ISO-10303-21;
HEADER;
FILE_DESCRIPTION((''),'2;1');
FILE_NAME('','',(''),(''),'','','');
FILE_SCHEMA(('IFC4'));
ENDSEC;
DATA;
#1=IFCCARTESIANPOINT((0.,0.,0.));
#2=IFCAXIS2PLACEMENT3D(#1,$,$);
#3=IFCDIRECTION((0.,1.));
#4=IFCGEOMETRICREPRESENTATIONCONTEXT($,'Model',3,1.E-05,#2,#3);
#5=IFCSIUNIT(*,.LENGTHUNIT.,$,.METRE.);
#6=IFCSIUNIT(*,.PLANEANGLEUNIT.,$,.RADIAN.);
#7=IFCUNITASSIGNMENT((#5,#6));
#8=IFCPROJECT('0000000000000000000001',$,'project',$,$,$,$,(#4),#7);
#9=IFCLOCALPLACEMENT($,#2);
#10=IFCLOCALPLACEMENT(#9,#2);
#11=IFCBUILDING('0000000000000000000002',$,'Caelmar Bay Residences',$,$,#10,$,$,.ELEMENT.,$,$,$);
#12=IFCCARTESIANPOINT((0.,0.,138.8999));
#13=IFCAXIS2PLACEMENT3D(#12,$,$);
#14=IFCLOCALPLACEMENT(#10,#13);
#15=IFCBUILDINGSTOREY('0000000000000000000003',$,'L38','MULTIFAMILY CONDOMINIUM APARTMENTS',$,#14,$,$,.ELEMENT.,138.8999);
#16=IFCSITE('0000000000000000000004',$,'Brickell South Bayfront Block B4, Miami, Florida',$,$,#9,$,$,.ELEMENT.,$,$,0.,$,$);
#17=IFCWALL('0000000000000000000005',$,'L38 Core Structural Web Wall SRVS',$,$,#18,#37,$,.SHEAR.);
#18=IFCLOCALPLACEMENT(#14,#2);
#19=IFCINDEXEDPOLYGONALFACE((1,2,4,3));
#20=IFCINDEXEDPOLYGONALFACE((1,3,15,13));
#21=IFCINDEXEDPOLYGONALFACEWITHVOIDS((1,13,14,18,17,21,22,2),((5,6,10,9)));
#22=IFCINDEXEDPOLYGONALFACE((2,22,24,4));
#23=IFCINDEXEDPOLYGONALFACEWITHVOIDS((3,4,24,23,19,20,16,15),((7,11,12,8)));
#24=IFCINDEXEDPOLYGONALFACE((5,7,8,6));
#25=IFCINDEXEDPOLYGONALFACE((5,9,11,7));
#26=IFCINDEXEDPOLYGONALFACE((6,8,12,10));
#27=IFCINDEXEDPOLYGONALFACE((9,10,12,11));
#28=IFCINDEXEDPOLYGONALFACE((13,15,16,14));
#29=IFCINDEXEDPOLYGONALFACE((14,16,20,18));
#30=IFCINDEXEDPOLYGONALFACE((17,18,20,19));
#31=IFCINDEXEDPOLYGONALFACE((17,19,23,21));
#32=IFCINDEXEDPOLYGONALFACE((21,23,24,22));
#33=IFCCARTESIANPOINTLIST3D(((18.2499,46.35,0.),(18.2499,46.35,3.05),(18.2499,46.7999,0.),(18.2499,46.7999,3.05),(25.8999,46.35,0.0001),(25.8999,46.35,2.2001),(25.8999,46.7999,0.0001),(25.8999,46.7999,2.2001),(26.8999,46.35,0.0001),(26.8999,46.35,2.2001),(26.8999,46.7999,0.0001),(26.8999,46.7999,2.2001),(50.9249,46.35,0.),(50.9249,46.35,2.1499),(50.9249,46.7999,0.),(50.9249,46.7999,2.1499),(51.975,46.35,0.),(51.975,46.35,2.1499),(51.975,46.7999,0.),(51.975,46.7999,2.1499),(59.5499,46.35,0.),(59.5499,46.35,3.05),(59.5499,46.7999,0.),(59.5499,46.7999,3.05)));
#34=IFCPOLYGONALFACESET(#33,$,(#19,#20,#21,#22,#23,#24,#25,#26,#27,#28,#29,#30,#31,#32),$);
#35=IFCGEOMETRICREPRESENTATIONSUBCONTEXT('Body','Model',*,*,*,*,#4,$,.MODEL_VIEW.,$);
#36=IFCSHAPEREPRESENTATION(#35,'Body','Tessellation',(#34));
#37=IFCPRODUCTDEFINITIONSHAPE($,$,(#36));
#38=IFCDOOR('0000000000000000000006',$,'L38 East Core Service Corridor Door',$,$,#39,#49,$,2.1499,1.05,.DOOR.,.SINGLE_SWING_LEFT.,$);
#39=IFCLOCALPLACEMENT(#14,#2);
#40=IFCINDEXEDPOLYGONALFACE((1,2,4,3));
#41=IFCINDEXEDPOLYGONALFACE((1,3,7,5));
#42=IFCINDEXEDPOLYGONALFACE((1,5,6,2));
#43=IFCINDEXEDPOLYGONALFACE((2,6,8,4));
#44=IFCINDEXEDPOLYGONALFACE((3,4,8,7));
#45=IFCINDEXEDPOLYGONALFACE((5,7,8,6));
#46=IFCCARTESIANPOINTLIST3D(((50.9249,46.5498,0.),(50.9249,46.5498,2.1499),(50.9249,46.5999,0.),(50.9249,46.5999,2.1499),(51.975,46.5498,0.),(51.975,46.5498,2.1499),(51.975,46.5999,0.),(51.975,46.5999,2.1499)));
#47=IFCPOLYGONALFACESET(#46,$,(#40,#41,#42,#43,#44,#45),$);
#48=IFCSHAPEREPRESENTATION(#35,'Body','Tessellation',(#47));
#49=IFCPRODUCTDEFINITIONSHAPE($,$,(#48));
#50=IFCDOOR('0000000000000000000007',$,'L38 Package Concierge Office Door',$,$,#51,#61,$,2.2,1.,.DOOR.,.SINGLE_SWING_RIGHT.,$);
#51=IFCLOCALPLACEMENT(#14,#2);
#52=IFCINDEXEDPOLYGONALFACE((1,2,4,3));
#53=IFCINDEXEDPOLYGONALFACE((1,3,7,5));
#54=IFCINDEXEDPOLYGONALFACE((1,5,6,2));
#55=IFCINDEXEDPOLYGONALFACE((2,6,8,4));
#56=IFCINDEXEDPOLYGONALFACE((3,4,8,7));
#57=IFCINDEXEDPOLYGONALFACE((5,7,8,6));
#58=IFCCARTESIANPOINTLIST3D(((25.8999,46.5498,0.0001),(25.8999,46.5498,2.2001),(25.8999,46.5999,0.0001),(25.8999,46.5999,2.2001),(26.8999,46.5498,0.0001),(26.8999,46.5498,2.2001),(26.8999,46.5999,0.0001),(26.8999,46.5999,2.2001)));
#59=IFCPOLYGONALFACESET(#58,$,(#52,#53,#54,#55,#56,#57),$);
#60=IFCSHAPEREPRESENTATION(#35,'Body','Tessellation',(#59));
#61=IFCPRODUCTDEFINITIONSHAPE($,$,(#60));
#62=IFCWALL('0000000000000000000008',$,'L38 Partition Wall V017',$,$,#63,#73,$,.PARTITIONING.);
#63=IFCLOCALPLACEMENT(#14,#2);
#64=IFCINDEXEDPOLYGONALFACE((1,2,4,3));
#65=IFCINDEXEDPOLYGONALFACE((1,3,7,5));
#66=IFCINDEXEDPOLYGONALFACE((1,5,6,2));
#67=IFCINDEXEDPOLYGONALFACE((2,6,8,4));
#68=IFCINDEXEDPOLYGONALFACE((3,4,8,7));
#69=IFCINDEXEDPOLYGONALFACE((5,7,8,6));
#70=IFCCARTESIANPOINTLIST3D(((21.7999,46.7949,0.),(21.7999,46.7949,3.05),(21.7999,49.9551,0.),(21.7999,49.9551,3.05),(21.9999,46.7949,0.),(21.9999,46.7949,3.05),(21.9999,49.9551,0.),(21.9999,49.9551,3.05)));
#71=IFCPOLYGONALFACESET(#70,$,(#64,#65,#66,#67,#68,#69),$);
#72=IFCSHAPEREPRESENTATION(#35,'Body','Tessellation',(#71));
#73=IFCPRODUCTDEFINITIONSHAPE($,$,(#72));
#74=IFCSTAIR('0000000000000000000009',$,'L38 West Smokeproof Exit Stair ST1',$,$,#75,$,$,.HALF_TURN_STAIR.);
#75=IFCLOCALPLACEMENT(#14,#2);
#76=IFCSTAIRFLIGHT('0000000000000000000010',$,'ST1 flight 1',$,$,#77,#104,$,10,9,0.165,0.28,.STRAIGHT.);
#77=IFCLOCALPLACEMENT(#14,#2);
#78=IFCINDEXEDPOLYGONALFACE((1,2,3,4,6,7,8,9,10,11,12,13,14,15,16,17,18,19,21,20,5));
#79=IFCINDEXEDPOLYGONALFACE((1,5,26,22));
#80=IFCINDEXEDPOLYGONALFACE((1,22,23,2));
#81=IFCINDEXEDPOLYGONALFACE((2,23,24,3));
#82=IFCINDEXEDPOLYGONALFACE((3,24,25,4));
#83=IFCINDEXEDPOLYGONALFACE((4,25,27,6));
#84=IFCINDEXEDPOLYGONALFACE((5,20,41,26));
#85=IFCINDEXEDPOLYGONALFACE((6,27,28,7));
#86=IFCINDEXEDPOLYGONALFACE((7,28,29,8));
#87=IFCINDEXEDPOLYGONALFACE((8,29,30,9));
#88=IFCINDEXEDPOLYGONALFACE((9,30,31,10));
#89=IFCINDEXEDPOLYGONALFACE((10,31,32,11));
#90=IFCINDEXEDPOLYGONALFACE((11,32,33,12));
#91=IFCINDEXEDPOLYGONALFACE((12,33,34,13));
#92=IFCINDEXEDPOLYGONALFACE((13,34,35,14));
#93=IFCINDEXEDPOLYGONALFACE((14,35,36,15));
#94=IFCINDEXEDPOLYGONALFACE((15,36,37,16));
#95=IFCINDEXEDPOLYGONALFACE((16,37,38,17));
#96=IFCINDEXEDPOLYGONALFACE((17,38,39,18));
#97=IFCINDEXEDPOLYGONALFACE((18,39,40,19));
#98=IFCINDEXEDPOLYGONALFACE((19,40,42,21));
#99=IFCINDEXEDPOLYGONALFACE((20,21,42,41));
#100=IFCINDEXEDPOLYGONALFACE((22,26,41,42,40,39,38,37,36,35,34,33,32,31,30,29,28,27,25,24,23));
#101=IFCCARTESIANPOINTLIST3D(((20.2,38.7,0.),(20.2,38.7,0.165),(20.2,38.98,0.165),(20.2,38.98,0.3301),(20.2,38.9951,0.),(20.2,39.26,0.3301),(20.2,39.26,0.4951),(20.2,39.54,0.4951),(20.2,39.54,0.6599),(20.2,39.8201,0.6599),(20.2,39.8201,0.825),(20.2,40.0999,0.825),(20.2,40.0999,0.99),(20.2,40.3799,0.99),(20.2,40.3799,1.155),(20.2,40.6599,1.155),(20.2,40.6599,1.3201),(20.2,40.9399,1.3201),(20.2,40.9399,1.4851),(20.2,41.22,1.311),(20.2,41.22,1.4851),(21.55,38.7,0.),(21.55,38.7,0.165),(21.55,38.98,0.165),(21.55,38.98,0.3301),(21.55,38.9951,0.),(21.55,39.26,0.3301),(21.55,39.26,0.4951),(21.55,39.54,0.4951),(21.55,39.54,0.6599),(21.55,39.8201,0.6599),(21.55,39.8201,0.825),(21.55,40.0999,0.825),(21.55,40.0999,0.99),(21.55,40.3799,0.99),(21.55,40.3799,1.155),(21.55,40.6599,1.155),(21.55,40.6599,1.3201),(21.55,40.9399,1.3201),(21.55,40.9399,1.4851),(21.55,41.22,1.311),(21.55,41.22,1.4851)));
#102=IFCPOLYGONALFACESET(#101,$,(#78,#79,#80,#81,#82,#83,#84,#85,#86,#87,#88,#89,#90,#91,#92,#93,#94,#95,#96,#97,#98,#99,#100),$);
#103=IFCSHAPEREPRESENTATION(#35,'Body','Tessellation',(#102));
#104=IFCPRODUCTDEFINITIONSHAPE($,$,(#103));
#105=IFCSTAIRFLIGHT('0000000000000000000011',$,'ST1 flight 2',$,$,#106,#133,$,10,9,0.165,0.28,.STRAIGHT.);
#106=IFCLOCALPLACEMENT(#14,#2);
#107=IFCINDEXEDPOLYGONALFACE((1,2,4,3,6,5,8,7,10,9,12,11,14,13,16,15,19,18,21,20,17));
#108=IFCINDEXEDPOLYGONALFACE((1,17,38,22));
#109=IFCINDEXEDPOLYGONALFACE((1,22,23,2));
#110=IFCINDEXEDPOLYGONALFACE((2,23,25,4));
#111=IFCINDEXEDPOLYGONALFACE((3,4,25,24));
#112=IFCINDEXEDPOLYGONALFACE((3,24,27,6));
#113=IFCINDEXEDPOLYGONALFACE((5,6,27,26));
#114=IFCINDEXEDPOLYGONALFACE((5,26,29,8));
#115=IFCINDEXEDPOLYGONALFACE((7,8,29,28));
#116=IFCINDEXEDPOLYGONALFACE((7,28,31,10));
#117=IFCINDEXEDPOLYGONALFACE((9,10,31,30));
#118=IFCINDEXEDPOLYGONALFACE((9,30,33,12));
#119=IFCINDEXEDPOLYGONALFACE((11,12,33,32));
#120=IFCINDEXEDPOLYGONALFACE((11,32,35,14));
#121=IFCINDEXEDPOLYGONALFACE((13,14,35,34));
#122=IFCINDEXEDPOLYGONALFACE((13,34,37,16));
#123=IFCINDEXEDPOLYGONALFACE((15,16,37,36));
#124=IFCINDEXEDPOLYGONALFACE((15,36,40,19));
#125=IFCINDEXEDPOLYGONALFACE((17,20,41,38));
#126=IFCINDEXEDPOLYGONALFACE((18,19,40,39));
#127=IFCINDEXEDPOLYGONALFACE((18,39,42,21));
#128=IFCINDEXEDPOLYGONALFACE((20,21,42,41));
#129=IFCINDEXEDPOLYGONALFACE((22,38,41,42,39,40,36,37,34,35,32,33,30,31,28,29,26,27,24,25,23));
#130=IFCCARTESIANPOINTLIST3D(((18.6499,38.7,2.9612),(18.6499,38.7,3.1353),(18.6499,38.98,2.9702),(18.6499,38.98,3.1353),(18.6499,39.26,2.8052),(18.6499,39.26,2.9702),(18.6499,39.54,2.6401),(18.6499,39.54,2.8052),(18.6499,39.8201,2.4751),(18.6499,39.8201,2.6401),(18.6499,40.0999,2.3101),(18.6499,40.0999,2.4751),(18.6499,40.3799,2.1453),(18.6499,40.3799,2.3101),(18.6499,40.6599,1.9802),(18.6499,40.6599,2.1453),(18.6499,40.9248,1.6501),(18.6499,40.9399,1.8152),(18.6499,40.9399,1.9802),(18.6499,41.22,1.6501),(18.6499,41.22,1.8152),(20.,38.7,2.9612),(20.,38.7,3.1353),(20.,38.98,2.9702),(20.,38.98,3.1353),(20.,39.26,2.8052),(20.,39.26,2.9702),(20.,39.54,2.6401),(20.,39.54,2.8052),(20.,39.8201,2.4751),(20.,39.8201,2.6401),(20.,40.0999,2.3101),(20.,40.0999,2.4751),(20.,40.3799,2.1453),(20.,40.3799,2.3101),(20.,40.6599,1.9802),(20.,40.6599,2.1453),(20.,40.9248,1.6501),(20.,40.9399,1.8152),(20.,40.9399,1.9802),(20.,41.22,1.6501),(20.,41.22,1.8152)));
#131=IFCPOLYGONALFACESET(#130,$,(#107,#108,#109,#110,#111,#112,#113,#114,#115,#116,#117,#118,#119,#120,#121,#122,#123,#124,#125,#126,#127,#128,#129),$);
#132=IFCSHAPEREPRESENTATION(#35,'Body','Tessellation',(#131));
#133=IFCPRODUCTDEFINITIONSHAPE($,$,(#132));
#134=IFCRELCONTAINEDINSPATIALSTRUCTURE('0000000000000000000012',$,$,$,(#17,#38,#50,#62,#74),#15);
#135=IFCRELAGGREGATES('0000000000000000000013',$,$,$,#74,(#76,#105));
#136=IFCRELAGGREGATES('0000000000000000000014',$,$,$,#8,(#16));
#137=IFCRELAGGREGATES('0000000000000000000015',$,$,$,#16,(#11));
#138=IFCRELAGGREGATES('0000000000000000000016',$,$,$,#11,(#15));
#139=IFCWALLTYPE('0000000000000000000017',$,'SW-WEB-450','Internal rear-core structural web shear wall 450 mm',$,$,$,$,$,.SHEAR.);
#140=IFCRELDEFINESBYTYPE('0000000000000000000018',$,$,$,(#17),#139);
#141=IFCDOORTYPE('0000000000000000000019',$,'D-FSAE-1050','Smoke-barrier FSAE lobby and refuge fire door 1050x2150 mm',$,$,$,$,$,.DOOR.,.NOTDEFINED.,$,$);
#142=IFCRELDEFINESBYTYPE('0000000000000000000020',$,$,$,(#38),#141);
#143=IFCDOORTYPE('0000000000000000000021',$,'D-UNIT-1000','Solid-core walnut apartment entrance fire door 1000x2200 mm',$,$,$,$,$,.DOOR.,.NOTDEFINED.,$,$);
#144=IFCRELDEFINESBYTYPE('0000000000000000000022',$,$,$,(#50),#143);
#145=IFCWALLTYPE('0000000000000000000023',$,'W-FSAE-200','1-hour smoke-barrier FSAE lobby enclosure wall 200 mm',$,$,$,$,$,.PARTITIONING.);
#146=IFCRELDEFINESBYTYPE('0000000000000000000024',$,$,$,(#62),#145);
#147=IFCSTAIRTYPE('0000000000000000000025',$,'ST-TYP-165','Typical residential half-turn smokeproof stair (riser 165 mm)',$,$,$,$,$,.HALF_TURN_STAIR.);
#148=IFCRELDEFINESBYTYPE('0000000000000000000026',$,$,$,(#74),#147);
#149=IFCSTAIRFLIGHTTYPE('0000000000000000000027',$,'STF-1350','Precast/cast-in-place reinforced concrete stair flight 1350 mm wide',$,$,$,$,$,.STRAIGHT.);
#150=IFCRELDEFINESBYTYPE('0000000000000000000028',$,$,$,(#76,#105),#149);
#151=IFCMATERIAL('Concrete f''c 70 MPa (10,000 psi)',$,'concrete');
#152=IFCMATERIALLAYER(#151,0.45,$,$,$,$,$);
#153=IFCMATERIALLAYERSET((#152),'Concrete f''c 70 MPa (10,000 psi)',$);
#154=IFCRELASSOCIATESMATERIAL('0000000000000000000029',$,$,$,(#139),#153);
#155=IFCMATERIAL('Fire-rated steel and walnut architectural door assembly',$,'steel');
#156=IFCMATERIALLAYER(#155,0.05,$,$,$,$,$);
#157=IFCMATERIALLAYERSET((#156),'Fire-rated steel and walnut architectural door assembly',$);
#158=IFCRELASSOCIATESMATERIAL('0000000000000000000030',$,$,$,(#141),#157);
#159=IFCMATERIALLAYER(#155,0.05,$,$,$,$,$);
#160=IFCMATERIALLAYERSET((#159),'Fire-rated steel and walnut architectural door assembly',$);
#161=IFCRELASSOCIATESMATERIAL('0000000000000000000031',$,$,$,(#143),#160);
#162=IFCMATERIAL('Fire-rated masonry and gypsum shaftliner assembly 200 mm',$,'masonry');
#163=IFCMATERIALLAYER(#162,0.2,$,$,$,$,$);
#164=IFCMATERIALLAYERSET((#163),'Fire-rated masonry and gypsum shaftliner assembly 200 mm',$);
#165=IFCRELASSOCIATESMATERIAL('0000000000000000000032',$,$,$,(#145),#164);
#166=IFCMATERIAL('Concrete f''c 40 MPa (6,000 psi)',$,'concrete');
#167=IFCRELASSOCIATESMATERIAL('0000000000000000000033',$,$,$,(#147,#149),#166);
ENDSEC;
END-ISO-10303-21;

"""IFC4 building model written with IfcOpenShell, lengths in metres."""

from ifc_helpers import new_model, si_unit, direction, frame, frame_2d, origin, place, context, subcontext, project, spatial, polyline, rectangle, outline, extrude, material, layer, layer_set, type_object, element, fill, aggregate, save


model = new_model("IFC4")

# Units and contexts
model_context = context("Model", 3, precision=1e-05, world=origin(), true_north=direction((0.0, 1.0)))
body_context = subcontext(model_context, "Body", "Model", "MODEL_VIEW")
ifc_project = project(units=[si_unit("LENGTHUNIT", "METRE"), si_unit("PLANEANGLEUNIT", "RADIAN")], contexts=[model_context])

# Site, building, storey
site_placement = place(None, origin())
site = spatial("IfcSite", under=ifc_project, at=site_placement, Name="Brickell South Bayfront Block B4, Miami, Florida", CompositionType="ELEMENT", RefElevation=0.0)
building_placement = place(site_placement, origin())
building = spatial("IfcBuilding", under=site, at=building_placement, Name="Caelmar Bay Residences", CompositionType="ELEMENT")
storey_placement = place(building_placement, frame((0.0, 0.0, 138.8999)))
storey = spatial("IfcBuildingStorey", under=building, at=storey_placement, Name="L38", Description="MULTIFAMILY CONDOMINIUM APARTMENTS", CompositionType="ELEMENT", Elevation=138.8999)

# Wall, openings, doors
ifc_material_1 = material(Name="Concrete f'c 70 MPa (10,000 psi)", Category="concrete")
ifc_layer_1 = layer(ifc_material_1, 0.45)
ifc_layer_set_1 = layer_set([ifc_layer_1], Name="Concrete f'c 70 MPa (10,000 psi)")
wall_type_1 = type_object("IfcWallType", Name="SW-WEB-450", Description="Internal rear-core structural web shear wall 450 mm", PredefinedType="SHEAR", material=ifc_layer_set_1)
ifc_material_2 = material(Name="Fire-rated steel and walnut architectural door assembly", Category="steel")
ifc_layer_2 = layer(ifc_material_2, 0.05)
ifc_layer_set_2 = layer_set([ifc_layer_2], Name="Fire-rated steel and walnut architectural door assembly")
door_type_1 = type_object("IfcDoorType", Name="D-FSAE-1050", Description="Smoke-barrier FSAE lobby and refuge fire door 1050x2150 mm", OperationType="NOTDEFINED", PredefinedType="DOOR", material=ifc_layer_set_2)
ifc_layer_3 = layer(ifc_material_2, 0.05)
ifc_layer_set_3 = layer_set([ifc_layer_3], Name="Fire-rated steel and walnut architectural door assembly")
door_type_2 = type_object("IfcDoorType", Name="D-UNIT-1000", Description="Solid-core walnut apartment entrance fire door 1000x2200 mm", OperationType="NOTDEFINED", PredefinedType="DOOR", material=ifc_layer_set_3)
wall_1_placement = place(storey_placement, frame((18.25, 46.575, 0.0), z_axis=(0.0, 0.0, 1.0), x_axis=(1.0, 0.0, 0.0)))
wall_1 = element("IfcWall", 1, at=wall_1_placement, inside=storey, type_object=wall_type_1, Name="L38 Core Structural Web Wall SRVS", PredefinedType="SHEAR", context=body_context, shape_type="SweptSolid", body=[
    extrude(rectangle(XDim=41.3, YDim=0.45, at=frame_2d((20.6499, 0.0))), origin(), (0.0, 0.0, 1.0), 3.05),
])
opening_1_placement = place(wall_1_placement, frame((7.6499, 0.0, 0.0)))
opening_1 = element("IfcOpeningElement", 2, at=opening_1_placement, cuts=wall_1, PredefinedType="OPENING", context=body_context, shape_type="SweptSolid", body=[
    extrude(rectangle(XDim=1.0, YDim=2.2, at=frame_2d((0.5, 1.1001))), frame((0.0, 0.2349, 0.0), z_axis=(0.0, -1.0, 0.0), x_axis=(1.0, 0.0, 0.0)), (0.0, 0.0, 1.0), 0.47),
])
opening_2_placement = place(wall_1_placement, frame((32.675, 0.0, 0.0)))
opening_2 = element("IfcOpeningElement", 3, at=opening_2_placement, cuts=wall_1, PredefinedType="OPENING", context=body_context, shape_type="SweptSolid", body=[
    extrude(rectangle(XDim=1.05, YDim=2.1499, at=frame_2d((0.5249, 1.075))), frame((0.0, 0.2349, 0.0), z_axis=(0.0, -1.0, 0.0), x_axis=(1.0, 0.0, 0.0)), (0.0, 0.0, 1.0), 0.47),
])
door_1_placement = place(opening_2_placement, origin())
door_1 = element("IfcDoor", 4, at=door_1_placement, inside=storey, type_object=door_type_1, Name="L38 East Core Service Corridor Door", OperationType="SINGLE_SWING_LEFT", OverallHeight=2.1499, OverallWidth=1.05, PredefinedType="DOOR", context=body_context, shape_type="SweptSolid", body=[
    extrude(rectangle(XDim=1.05, YDim=2.1499, at=frame_2d((0.5249, 1.075))), frame((0.0, 0.0249, 0.0), z_axis=(0.0, -1.0, 0.0), x_axis=(1.0, 0.0, 0.0)), (0.0, 0.0, 1.0), 0.05),
])
fill(opening_2, door_1)
door_2_placement = place(opening_1_placement, origin())
door_2 = element("IfcDoor", 5, at=door_2_placement, inside=storey, type_object=door_type_2, Name="L38 Package Concierge Office Door", OperationType="SINGLE_SWING_RIGHT", OverallHeight=2.2, OverallWidth=1.0, PredefinedType="DOOR", context=body_context, shape_type="SweptSolid", body=[
    extrude(rectangle(XDim=1.0, YDim=2.2, at=frame_2d((0.5, 1.1001))), frame((0.0, 0.0249, 0.0), z_axis=(0.0, -1.0, 0.0), x_axis=(1.0, 0.0, 0.0)), (0.0, 0.0, 1.0), 0.05),
])
fill(opening_1, door_2)

# Wall
ifc_material_3 = material(Name="Fire-rated masonry and gypsum shaftliner assembly 200 mm", Category="masonry")
ifc_layer_4 = layer(ifc_material_3, 0.2)
ifc_layer_set_4 = layer_set([ifc_layer_4], Name="Fire-rated masonry and gypsum shaftliner assembly 200 mm")
wall_type_2 = type_object("IfcWallType", Name="W-FSAE-200", Description="1-hour smoke-barrier FSAE lobby enclosure wall 200 mm", PredefinedType="PARTITIONING", material=ifc_layer_set_4)
wall_2_placement = place(storey_placement, frame((21.8999, 46.7949, 0.0), z_axis=(0.0, 0.0, 1.0), x_axis=(0.0, 1.0, 0.0)))
element("IfcWall", 6, at=wall_2_placement, inside=storey, type_object=wall_type_2, Name="L38 Partition Wall V017", PredefinedType="PARTITIONING", context=body_context, shape_type="SweptSolid", body=[
    extrude(rectangle(XDim=3.1602, YDim=0.2, at=frame_2d((1.5801, 0.0))), origin(), (0.0, 0.0, 1.0), 3.05),
])

# Stair, stair flights
ifc_material_4 = material(Name="Concrete f'c 40 MPa (6,000 psi)", Category="concrete")
stair_type = type_object("IfcStairType", Name="ST-TYP-165", Description="Typical residential half-turn smokeproof stair (riser 165 mm)", PredefinedType="HALF_TURN_STAIR", material=ifc_material_4)
stair_placement = place(storey_placement, origin())
stair = element("IfcStair", 7, at=stair_placement, inside=storey, type_object=stair_type, Name="L38 West Smokeproof Exit Stair ST1", PredefinedType="HALF_TURN_STAIR")
stair_flight_type = type_object("IfcStairFlightType", Name="STF-1350", Description="Precast/cast-in-place reinforced concrete stair flight 1350 mm wide", PredefinedType="STRAIGHT", material=ifc_material_4)
stair_flight_1_placement = place(storey_placement, frame((20.875, 38.7, 0.0), z_axis=(0.0, 0.0, 1.0), x_axis=(0.0, 1.0, 0.0)))
stair_flight_1 = element("IfcStairFlight", 8, at=stair_flight_1_placement, type_object=stair_flight_type, Name="ST1 flight 1", NumberOfRisers=10, NumberOfTreads=9, PredefinedType="STRAIGHT", RiserHeight=0.165, TreadLength=0.28, context=body_context, shape_type="SweptSolid", body=[
    extrude(outline(polyline([(0.0, 0.0), (0.0, 0.165), (0.28, 0.165), (0.28, 0.3301), (0.5601, 0.3301), (0.5601, 0.4951), (0.8401, 0.4951), (0.8401, 0.6599), (1.1201, 0.6599), (1.1201, 0.825), (1.3999, 0.825), (1.3999, 0.99), (1.6799, 0.99), (1.6799, 1.155), (1.96, 1.155), (1.96, 1.3201), (2.24, 1.3201), (2.24, 1.4851), (2.52, 1.4851), (2.52, 1.6499), (2.52, 1.311), (0.2952, 0.0), (0.0, 0.0)])), frame((0.0, 0.675, 0.0), z_axis=(0.0, -1.0, 0.0), x_axis=(1.0, 0.0, 0.0)), (0.0, 0.0, 1.0), 1.3501),
])
stair_flight_2_placement = place(storey_placement, frame((19.325, 41.22, 1.6501), z_axis=(0.0, 0.0, 1.0), x_axis=(0.0, -1.0, 0.0)))
stair_flight_2 = element("IfcStairFlight", 9, at=stair_flight_2_placement, type_object=stair_flight_type, Name="ST1 flight 2", NumberOfRisers=10, NumberOfTreads=9, PredefinedType="STRAIGHT", RiserHeight=0.165, TreadLength=0.28, context=body_context, shape_type="SweptSolid", body=[
    extrude(outline(polyline([(0.0, 0.0), (0.0, 0.165), (0.28, 0.165), (0.28, 0.3301), (0.5601, 0.3301), (0.5601, 0.4951), (0.8401, 0.4951), (0.8401, 0.6599), (1.1201, 0.6599), (1.1201, 0.825), (1.3999, 0.825), (1.3999, 0.99), (1.6799, 0.99), (1.6799, 1.155), (1.96, 1.155), (1.96, 1.3201), (2.24, 1.3201), (2.24, 1.4851), (2.52, 1.4851), (2.52, 1.6499), (2.52, 1.311), (0.2952, 0.0), (0.0, 0.0)])), frame((0.0, 0.675, 0.0), z_axis=(0.0, -1.0, 0.0), x_axis=(1.0, 0.0, 0.0)), (0.0, 0.0, 1.0), 1.3501),
])
aggregate(stair, [stair_flight_1, stair_flight_2])

save(model, "model.ifc")
